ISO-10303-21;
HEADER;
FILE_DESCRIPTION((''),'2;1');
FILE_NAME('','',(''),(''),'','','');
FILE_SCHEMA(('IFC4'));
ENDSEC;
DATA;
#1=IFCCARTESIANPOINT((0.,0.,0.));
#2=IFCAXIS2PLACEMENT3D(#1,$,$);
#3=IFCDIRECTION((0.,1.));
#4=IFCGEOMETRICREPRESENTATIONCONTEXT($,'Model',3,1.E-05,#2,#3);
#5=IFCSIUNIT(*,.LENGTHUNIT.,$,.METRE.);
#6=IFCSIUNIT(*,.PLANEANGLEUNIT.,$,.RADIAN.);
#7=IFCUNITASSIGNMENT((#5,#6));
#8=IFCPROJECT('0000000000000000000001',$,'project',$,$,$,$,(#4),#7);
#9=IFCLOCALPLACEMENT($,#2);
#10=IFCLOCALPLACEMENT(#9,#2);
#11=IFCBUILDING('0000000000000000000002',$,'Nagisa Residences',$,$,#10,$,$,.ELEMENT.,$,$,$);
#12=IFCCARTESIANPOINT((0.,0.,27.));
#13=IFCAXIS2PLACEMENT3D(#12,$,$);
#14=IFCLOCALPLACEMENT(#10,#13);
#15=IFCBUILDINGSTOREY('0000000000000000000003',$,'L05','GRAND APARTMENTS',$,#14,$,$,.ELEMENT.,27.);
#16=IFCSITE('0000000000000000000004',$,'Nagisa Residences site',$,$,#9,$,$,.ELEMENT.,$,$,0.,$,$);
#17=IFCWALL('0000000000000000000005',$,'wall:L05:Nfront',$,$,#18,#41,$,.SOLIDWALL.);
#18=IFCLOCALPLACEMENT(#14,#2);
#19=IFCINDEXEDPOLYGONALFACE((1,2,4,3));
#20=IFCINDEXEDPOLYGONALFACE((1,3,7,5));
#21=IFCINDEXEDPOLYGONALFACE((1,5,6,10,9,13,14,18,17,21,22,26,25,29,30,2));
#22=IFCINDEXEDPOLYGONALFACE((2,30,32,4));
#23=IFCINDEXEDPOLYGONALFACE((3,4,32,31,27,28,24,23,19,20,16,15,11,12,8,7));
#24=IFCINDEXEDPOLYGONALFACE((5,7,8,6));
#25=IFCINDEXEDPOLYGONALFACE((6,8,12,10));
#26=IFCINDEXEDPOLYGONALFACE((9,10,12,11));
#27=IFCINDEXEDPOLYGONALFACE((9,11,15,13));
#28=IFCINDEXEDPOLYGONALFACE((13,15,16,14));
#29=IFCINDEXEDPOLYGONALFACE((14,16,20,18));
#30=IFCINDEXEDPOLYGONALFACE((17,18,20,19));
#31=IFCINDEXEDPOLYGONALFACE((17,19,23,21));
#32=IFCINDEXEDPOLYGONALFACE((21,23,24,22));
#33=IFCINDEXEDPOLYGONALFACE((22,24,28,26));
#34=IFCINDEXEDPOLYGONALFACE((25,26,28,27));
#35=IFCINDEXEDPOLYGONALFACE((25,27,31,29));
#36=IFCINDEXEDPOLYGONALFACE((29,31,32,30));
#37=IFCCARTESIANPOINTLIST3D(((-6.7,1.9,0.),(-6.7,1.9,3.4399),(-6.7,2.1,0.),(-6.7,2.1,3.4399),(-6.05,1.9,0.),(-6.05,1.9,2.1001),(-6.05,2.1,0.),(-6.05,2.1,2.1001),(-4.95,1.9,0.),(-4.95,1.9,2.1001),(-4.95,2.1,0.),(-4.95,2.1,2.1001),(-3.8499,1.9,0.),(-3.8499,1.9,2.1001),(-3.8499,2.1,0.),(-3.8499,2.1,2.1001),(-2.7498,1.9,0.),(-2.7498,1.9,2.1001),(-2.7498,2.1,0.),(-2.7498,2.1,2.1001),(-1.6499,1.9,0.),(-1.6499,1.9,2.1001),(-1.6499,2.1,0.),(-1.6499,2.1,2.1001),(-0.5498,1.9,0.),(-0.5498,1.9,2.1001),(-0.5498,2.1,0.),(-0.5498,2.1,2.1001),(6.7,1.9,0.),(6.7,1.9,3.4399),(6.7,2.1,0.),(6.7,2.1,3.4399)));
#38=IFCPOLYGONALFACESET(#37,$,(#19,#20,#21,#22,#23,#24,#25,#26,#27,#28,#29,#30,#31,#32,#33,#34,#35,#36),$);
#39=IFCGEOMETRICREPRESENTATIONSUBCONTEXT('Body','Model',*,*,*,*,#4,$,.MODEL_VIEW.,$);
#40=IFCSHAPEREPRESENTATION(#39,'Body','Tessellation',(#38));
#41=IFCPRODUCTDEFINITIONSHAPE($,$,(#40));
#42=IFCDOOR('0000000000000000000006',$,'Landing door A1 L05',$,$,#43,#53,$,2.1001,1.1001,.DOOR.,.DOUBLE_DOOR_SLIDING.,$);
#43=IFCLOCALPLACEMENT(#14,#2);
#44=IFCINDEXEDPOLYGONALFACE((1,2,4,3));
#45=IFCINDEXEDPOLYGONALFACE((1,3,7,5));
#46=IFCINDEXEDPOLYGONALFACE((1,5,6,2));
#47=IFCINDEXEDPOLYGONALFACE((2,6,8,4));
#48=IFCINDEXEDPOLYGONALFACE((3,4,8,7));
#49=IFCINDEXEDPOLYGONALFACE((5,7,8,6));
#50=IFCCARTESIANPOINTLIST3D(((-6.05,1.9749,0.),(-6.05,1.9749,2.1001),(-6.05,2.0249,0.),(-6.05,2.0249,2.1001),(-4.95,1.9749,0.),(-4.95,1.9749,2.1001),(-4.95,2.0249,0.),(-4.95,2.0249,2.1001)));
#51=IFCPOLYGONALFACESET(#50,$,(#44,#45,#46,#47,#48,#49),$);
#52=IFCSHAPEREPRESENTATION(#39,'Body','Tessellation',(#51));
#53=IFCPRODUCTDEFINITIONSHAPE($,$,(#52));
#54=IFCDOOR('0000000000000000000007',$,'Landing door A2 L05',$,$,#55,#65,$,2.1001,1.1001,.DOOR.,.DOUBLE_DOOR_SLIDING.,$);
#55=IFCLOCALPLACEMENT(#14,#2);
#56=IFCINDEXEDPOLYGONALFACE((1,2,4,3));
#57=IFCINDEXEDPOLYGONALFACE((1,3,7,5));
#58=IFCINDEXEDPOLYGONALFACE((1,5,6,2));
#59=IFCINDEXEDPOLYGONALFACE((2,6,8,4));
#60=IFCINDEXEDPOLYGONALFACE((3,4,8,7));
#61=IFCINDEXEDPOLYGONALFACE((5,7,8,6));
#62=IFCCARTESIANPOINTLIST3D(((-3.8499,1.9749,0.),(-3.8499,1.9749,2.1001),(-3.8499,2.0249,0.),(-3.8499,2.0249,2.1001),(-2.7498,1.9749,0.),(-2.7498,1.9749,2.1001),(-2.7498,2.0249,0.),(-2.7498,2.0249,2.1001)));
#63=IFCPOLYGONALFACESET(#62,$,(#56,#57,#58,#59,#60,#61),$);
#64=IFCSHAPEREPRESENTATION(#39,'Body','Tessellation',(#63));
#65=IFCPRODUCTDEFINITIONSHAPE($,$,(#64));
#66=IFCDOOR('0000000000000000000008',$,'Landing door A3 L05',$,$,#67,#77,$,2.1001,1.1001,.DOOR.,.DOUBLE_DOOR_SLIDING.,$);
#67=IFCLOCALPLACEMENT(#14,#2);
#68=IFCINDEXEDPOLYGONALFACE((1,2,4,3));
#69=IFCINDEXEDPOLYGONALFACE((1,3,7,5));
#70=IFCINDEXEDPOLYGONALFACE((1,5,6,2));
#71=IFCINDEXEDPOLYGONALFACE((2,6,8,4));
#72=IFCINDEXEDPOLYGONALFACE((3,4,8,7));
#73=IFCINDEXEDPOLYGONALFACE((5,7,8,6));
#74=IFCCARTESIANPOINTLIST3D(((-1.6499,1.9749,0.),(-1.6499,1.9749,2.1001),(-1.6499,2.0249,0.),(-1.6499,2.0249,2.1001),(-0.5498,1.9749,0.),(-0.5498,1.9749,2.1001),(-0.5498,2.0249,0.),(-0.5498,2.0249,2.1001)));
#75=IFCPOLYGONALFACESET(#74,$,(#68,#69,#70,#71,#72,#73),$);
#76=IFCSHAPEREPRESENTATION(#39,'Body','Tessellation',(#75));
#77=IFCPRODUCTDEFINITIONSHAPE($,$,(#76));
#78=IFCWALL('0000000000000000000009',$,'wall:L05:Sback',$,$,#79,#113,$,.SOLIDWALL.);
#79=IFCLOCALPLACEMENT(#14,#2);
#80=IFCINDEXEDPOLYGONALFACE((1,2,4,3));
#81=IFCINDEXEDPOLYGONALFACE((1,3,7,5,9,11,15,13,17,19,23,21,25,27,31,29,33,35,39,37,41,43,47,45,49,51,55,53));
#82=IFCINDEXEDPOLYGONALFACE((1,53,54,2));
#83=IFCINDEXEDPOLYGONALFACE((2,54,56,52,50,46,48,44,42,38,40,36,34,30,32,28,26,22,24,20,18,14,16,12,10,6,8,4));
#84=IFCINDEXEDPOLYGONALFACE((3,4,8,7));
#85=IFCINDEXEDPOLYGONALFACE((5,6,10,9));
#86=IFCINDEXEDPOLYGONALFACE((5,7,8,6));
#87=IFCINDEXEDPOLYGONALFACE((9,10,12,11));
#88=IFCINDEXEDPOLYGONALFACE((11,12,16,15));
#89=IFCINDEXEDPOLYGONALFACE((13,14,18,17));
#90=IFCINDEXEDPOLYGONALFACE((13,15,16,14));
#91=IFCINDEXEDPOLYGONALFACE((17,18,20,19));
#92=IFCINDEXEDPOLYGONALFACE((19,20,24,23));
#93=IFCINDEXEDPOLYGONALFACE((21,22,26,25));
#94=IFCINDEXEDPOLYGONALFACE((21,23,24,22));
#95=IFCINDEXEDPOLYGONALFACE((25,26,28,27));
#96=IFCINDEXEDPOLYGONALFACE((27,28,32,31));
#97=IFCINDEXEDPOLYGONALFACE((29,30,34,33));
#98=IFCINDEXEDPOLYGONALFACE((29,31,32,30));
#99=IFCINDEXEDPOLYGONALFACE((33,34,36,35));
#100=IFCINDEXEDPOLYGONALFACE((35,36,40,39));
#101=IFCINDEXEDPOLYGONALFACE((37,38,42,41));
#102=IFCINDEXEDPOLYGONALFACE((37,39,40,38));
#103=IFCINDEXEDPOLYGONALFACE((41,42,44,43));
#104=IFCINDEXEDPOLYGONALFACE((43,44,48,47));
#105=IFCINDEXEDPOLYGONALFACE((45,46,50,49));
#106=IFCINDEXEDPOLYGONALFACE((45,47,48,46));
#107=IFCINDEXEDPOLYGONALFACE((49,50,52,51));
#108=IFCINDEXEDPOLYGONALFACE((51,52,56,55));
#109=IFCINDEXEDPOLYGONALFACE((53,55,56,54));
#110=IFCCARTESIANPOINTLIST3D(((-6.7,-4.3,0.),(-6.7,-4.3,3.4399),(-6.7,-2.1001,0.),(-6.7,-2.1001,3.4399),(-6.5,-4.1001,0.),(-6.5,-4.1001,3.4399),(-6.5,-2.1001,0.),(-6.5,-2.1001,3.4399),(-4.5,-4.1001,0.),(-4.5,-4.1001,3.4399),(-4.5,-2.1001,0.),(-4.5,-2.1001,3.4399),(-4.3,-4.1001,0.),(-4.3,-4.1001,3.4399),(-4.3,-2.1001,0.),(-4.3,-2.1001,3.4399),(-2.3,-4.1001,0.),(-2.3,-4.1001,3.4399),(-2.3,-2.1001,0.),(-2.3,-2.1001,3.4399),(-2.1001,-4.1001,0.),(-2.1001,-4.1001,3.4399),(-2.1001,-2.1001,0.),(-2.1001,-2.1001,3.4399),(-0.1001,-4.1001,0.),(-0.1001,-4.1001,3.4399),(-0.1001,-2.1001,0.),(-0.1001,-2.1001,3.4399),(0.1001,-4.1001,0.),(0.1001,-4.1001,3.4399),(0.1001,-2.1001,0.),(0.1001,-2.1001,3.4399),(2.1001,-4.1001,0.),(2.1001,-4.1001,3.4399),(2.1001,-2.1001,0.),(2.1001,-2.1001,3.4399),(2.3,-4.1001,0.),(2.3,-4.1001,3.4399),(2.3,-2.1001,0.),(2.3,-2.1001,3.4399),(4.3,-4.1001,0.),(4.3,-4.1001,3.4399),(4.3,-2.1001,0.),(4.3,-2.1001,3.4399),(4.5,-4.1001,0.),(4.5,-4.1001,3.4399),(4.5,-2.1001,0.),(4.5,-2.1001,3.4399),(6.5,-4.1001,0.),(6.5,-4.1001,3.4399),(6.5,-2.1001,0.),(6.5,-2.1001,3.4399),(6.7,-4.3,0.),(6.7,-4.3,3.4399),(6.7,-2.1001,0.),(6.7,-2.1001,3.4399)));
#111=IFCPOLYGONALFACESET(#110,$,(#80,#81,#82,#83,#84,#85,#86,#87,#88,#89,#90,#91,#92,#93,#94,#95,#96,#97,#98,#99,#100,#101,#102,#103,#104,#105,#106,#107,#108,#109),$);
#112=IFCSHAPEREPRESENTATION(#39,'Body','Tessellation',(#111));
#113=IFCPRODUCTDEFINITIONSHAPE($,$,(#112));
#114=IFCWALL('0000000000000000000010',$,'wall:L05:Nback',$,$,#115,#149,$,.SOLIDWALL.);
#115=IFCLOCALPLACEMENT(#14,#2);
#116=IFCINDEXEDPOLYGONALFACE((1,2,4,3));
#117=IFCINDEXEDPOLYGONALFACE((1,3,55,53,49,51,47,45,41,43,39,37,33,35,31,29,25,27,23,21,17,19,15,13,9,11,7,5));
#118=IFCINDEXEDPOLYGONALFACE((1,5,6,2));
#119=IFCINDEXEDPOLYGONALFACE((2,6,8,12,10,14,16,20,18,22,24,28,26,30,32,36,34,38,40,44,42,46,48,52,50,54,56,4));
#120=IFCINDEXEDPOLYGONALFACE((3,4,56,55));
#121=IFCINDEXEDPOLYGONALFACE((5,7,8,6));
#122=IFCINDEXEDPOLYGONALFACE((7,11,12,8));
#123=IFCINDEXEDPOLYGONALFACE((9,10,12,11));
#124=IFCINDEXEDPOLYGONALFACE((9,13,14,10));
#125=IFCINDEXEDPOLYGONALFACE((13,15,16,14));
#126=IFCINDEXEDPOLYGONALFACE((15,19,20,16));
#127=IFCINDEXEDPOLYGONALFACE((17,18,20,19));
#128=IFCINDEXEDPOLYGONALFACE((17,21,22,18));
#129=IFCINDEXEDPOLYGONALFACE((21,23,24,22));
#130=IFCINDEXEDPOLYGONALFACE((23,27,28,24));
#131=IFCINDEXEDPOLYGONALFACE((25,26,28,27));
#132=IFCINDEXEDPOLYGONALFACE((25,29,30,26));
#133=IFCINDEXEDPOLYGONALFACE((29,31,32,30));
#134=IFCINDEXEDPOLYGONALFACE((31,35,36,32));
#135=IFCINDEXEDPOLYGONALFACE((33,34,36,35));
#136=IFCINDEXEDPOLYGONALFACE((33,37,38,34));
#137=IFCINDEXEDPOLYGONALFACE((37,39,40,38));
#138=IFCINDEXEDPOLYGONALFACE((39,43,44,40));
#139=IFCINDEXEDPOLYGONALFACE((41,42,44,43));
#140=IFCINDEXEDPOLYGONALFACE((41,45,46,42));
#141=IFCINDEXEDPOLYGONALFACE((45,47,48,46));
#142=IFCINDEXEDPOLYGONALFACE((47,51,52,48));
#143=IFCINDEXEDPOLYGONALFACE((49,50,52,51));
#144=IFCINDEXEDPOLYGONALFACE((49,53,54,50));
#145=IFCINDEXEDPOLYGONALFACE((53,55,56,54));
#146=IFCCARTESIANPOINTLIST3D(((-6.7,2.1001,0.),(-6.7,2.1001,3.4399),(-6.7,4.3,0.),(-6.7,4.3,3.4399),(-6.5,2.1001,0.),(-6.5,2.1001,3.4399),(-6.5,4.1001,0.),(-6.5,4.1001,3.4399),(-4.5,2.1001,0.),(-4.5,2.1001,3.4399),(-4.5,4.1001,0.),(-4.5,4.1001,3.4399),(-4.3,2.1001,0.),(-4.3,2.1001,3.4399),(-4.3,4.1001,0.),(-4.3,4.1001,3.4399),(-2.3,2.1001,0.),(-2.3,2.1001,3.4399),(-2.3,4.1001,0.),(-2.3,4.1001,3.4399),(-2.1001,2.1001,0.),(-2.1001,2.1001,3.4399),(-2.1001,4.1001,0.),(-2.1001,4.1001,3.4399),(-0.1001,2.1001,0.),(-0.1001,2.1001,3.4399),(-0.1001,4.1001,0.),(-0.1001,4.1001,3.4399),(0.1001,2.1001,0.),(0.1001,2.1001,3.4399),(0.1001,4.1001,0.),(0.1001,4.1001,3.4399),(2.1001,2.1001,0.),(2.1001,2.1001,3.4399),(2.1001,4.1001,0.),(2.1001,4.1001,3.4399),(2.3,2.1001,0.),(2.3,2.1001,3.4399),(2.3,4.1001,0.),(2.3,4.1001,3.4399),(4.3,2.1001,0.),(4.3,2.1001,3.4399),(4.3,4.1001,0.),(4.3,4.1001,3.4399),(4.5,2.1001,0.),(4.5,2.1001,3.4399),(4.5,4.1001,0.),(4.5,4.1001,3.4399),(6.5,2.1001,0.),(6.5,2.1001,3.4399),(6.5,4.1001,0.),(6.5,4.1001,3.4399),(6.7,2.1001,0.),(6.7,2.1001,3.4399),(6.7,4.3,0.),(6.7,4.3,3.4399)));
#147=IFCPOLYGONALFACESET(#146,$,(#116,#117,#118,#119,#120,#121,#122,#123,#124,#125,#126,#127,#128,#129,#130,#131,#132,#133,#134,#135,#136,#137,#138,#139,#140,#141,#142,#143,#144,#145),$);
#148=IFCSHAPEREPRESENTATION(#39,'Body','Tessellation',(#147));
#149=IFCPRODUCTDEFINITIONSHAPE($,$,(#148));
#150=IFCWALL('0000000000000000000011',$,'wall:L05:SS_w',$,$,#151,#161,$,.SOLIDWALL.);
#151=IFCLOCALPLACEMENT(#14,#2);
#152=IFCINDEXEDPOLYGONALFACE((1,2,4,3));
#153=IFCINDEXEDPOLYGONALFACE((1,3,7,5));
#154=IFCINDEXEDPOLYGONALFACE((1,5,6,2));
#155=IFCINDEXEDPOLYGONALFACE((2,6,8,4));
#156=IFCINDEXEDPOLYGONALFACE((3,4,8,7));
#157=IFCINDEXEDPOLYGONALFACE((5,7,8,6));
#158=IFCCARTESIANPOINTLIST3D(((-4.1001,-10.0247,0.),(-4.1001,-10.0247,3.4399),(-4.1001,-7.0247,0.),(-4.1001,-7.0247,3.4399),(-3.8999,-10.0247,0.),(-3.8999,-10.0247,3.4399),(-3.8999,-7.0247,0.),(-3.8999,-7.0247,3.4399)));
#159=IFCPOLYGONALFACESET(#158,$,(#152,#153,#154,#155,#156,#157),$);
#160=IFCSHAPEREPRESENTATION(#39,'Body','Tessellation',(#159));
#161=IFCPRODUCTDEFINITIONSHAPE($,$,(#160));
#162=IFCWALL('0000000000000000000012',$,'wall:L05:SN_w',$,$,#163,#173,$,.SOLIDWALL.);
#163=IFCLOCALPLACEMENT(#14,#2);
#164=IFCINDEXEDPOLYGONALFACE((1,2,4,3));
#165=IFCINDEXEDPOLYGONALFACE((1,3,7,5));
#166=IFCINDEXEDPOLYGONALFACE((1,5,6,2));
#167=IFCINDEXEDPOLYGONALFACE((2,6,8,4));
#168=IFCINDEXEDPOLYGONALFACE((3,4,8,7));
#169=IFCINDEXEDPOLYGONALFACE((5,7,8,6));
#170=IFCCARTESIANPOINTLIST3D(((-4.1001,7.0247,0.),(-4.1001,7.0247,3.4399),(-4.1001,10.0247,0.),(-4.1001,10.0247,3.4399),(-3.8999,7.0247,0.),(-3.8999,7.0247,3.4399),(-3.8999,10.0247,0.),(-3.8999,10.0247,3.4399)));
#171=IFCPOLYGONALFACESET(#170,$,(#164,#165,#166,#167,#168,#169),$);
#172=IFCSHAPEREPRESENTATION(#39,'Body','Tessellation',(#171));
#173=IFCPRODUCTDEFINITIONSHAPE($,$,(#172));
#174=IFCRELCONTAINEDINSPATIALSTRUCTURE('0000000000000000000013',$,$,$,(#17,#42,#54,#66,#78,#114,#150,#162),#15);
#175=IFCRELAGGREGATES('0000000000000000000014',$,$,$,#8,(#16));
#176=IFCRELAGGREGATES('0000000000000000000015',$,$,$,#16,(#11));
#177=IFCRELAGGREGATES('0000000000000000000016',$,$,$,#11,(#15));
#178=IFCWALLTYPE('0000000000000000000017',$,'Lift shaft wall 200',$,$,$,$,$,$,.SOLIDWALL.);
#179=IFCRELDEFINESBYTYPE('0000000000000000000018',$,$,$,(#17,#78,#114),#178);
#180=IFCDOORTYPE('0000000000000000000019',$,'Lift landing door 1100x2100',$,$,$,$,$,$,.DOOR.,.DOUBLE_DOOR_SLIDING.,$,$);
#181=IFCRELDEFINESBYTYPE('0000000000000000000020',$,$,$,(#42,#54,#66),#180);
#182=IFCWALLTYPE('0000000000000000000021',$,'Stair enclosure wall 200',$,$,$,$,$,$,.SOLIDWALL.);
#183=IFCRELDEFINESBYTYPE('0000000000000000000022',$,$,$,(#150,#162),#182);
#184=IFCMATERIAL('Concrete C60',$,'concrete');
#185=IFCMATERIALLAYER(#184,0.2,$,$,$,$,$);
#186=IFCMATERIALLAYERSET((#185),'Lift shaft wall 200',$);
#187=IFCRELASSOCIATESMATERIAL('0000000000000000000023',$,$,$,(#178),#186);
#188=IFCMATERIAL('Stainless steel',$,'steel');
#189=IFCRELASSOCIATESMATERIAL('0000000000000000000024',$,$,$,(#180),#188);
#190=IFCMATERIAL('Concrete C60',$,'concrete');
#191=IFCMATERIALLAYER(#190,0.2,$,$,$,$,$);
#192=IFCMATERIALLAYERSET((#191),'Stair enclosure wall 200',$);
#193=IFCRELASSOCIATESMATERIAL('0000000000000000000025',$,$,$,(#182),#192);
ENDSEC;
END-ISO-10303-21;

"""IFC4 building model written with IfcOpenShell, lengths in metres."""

from ifc_helpers import new_model, si_unit, direction, frame, frame_2d, origin, place, context, subcontext, project, spatial, polyline, rectangle, outline, extrude, material, layer, layer_set, type_object, element, fill, save


model = new_model("IFC4")

# Units and contexts
model_context = context("Model", 3, precision=1e-05, world=origin(), true_north=direction((0.0, 1.0)))
body_context = subcontext(model_context, "Body", "Model", "MODEL_VIEW")
ifc_project = project(units=[si_unit("LENGTHUNIT", "METRE"), si_unit("PLANEANGLEUNIT", "RADIAN")], contexts=[model_context])

# Site, building, storey
site_placement = place(None, origin())
site = spatial("IfcSite", under=ifc_project, at=site_placement, Name="Nagisa Residences site", CompositionType="ELEMENT", RefElevation=0.0)
building_placement = place(site_placement, origin())
building = spatial("IfcBuilding", under=site, at=building_placement, Name="Nagisa Residences", CompositionType="ELEMENT")
storey_placement = place(building_placement, frame((0.0, 0.0, 27.0)))
storey = spatial("IfcBuildingStorey", under=building, at=storey_placement, Name="L05", Description="GRAND APARTMENTS", CompositionType="ELEMENT", Elevation=27.0)

# Wall, openings, doors
ifc_material_1 = material(Name="Concrete C60", Category="concrete")
ifc_layer_1 = layer(ifc_material_1, 0.2)
ifc_layer_set_1 = layer_set([ifc_layer_1], Name="Lift shaft wall 200")
wall_type_1 = type_object("IfcWallType", Name="Lift shaft wall 200", PredefinedType="SOLIDWALL", material=ifc_layer_set_1)
wall_1_placement = place(storey_placement, frame((-6.7, 2.0, 0.0), z_axis=(0.0, 0.0, 1.0), x_axis=(1.0, 0.0, 0.0)))
wall_1 = element("IfcWall", 1, at=wall_1_placement, inside=storey, type_object=wall_type_1, Name="wall:L05:Nfront", PredefinedType="SOLIDWALL", context=body_context, shape_type="SweptSolid", body=[
    extrude(rectangle(XDim=13.3999, YDim=0.2, at=frame_2d((6.7, 0.0))), origin(), (0.0, 0.0, 1.0), 3.4399),
])
opening_1_placement = place(wall_1_placement, frame((0.6499, 0.0, 0.0)))
opening_1 = element("IfcOpeningElement", 2, at=opening_1_placement, cuts=wall_1, PredefinedType="OPENING", context=body_context, shape_type="SweptSolid", body=[
    extrude(rectangle(XDim=1.1001, YDim=2.1001, at=frame_2d((0.55, 1.05))), frame((0.0, 0.1099, 0.0), z_axis=(0.0, -1.0, 0.0), x_axis=(1.0, 0.0, 0.0)), (0.0, 0.0, 1.0), 0.22),
])
opening_2_placement = place(wall_1_placement, frame((2.8501, 0.0, 0.0)))
opening_2 = element("IfcOpeningElement", 3, at=opening_2_placement, cuts=wall_1, PredefinedType="OPENING", context=body_context, shape_type="SweptSolid", body=[
    extrude(rectangle(XDim=1.1001, YDim=2.1001, at=frame_2d((0.55, 1.05))), frame((0.0, 0.1099, 0.0), z_axis=(0.0, -1.0, 0.0), x_axis=(1.0, 0.0, 0.0)), (0.0, 0.0, 1.0), 0.22),
])
opening_3_placement = place(wall_1_placement, frame((5.05, 0.0, 0.0)))
opening_3 = element("IfcOpeningElement", 4, at=opening_3_placement, cuts=wall_1, PredefinedType="OPENING", context=body_context, shape_type="SweptSolid", body=[
    extrude(rectangle(XDim=1.1001, YDim=2.1001, at=frame_2d((0.55, 1.05))), frame((0.0, 0.1099, 0.0), z_axis=(0.0, -1.0, 0.0), x_axis=(1.0, 0.0, 0.0)), (0.0, 0.0, 1.0), 0.22),
])
ifc_material_2 = material(Name="Stainless steel", Category="steel")
door_type_1 = type_object("IfcDoorType", Name="Lift landing door 1100x2100", OperationType="DOUBLE_DOOR_SLIDING", PredefinedType="DOOR", material=ifc_material_2)
door_1_placement = place(opening_1_placement, origin())
door_1 = element("IfcDoor", 5, at=door_1_placement, inside=storey, type_object=door_type_1, Name="Landing door A1 L05", OperationType="DOUBLE_DOOR_SLIDING", OverallHeight=2.1001, OverallWidth=1.1001, PredefinedType="DOOR", context=body_context, shape_type="SweptSolid", body=[
    extrude(rectangle(XDim=1.1001, YDim=2.1001, at=frame_2d((0.55, 1.05))), frame((0.0, 0.0249, 0.0), z_axis=(0.0, -1.0, 0.0), x_axis=(1.0, 0.0, 0.0)), (0.0, 0.0, 1.0), 0.05),
])
fill(opening_1, door_1)
door_2_placement = place(opening_2_placement, origin())
door_2 = element("IfcDoor", 6, at=door_2_placement, inside=storey, type_object=door_type_1, Name="Landing door A2 L05", OperationType="DOUBLE_DOOR_SLIDING", OverallHeight=2.1001, OverallWidth=1.1001, PredefinedType="DOOR", context=body_context, shape_type="SweptSolid", body=[
    extrude(rectangle(XDim=1.1001, YDim=2.1001, at=frame_2d((0.55, 1.05))), frame((0.0, 0.0249, 0.0), z_axis=(0.0, -1.0, 0.0), x_axis=(1.0, 0.0, 0.0)), (0.0, 0.0, 1.0), 0.05),
])
fill(opening_2, door_2)
door_3_placement = place(opening_3_placement, origin())
door_3 = element("IfcDoor", 7, at=door_3_placement, inside=storey, type_object=door_type_1, Name="Landing door A3 L05", OperationType="DOUBLE_DOOR_SLIDING", OverallHeight=2.1001, OverallWidth=1.1001, PredefinedType="DOOR", context=body_context, shape_type="SweptSolid", body=[
    extrude(rectangle(XDim=1.1001, YDim=2.1001, at=frame_2d((0.55, 1.05))), frame((0.0, 0.0249, 0.0), z_axis=(0.0, -1.0, 0.0), x_axis=(1.0, 0.0, 0.0)), (0.0, 0.0, 1.0), 0.05),
])
fill(opening_3, door_3)

# Walls
wall_2_placement = place(storey_placement, origin())
element("IfcWall", 8, at=wall_2_placement, inside=storey, type_object=wall_type_1, Name="wall:L05:Sback", PredefinedType="SOLIDWALL", context=body_context, shape_type="SweptSolid", body=[
    extrude(outline(polyline([(-6.7, -2.1001), (-6.5, -2.1001), (-6.5, -4.1001), (-4.5, -4.1001), (-4.5, -2.1001), (-4.3, -2.1001), (-4.3, -4.1001), (-2.3, -4.1001), (-2.3, -2.1001), (-2.1001, -2.1001), (-2.1001, -4.1001), (-0.1001, -4.1001), (-0.1001, -2.1001), (0.1001, -2.1001), (0.1001, -4.1001), (2.1001, -4.1001), (2.1001, -2.1001), (2.3, -2.1001), (2.3, -4.1001), (4.3, -4.1001), (4.3, -2.1001), (4.5, -2.1001), (4.5, -4.1001), (6.5, -4.1001), (6.5, -2.1001), (6.7, -2.1001), (6.7, -4.3), (-6.7, -4.3), (-6.7, -2.1001)])), origin(), (0.0, 0.0, 1.0), 3.4399),
])
wall_3_placement = place(storey_placement, origin())
element("IfcWall", 9, at=wall_3_placement, inside=storey, type_object=wall_type_1, Name="wall:L05:Nback", PredefinedType="SOLIDWALL", context=body_context, shape_type="SweptSolid", body=[
    extrude(outline(polyline([(-6.5, 2.1001), (-6.7, 2.1001), (-6.7, 4.3), (6.7, 4.3), (6.7, 2.1001), (6.5, 2.1001), (6.5, 4.1001), (4.5, 4.1001), (4.5, 2.1001), (4.3, 2.1001), (4.3, 4.1001), (2.3, 4.1001), (2.3, 2.1001), (2.1001, 2.1001), (2.1001, 4.1001), (0.1001, 4.1001), (0.1001, 2.1001), (-0.1001, 2.1001), (-0.1001, 4.1001), (-2.1001, 4.1001), (-2.1001, 2.1001), (-2.3, 2.1001), (-2.3, 4.1001), (-4.3, 4.1001), (-4.3, 2.1001), (-4.5, 2.1001), (-4.5, 4.1001), (-6.5, 4.1001), (-6.5, 2.1001)])), origin(), (0.0, 0.0, 1.0), 3.4399),
])
ifc_material_3 = material(Name="Concrete C60", Category="concrete")
ifc_layer_2 = layer(ifc_material_3, 0.2)
ifc_layer_set_2 = layer_set([ifc_layer_2], Name="Stair enclosure wall 200")
wall_type_2 = type_object("IfcWallType", Name="Stair enclosure wall 200", PredefinedType="SOLIDWALL", material=ifc_layer_set_2)
wall_4_placement = place(storey_placement, origin())
element("IfcWall", 10, at=wall_4_placement, inside=storey, type_object=wall_type_2, Name="wall:L05:SS_w", PredefinedType="SOLIDWALL", context=body_context, shape_type="SweptSolid", body=[
    extrude(outline(polyline([(-3.8999, -10.0247), (-4.1001, -10.0247), (-4.1001, -7.0247), (-3.8999, -7.0247), (-3.8999, -10.0247)])), origin(), (0.0, 0.0, 1.0), 3.4399),
])
wall_5_placement = place(storey_placement, origin())
element("IfcWall", 11, at=wall_5_placement, inside=storey, type_object=wall_type_2, Name="wall:L05:SN_w", PredefinedType="SOLIDWALL", context=body_context, shape_type="SweptSolid", body=[
    extrude(outline(polyline([(-3.8999, 7.0247), (-4.1001, 7.0247), (-4.1001, 10.0247), (-3.8999, 10.0247), (-3.8999, 7.0247)])), origin(), (0.0, 0.0, 1.0), 3.4399),
])

save(model, "model.ifc")
